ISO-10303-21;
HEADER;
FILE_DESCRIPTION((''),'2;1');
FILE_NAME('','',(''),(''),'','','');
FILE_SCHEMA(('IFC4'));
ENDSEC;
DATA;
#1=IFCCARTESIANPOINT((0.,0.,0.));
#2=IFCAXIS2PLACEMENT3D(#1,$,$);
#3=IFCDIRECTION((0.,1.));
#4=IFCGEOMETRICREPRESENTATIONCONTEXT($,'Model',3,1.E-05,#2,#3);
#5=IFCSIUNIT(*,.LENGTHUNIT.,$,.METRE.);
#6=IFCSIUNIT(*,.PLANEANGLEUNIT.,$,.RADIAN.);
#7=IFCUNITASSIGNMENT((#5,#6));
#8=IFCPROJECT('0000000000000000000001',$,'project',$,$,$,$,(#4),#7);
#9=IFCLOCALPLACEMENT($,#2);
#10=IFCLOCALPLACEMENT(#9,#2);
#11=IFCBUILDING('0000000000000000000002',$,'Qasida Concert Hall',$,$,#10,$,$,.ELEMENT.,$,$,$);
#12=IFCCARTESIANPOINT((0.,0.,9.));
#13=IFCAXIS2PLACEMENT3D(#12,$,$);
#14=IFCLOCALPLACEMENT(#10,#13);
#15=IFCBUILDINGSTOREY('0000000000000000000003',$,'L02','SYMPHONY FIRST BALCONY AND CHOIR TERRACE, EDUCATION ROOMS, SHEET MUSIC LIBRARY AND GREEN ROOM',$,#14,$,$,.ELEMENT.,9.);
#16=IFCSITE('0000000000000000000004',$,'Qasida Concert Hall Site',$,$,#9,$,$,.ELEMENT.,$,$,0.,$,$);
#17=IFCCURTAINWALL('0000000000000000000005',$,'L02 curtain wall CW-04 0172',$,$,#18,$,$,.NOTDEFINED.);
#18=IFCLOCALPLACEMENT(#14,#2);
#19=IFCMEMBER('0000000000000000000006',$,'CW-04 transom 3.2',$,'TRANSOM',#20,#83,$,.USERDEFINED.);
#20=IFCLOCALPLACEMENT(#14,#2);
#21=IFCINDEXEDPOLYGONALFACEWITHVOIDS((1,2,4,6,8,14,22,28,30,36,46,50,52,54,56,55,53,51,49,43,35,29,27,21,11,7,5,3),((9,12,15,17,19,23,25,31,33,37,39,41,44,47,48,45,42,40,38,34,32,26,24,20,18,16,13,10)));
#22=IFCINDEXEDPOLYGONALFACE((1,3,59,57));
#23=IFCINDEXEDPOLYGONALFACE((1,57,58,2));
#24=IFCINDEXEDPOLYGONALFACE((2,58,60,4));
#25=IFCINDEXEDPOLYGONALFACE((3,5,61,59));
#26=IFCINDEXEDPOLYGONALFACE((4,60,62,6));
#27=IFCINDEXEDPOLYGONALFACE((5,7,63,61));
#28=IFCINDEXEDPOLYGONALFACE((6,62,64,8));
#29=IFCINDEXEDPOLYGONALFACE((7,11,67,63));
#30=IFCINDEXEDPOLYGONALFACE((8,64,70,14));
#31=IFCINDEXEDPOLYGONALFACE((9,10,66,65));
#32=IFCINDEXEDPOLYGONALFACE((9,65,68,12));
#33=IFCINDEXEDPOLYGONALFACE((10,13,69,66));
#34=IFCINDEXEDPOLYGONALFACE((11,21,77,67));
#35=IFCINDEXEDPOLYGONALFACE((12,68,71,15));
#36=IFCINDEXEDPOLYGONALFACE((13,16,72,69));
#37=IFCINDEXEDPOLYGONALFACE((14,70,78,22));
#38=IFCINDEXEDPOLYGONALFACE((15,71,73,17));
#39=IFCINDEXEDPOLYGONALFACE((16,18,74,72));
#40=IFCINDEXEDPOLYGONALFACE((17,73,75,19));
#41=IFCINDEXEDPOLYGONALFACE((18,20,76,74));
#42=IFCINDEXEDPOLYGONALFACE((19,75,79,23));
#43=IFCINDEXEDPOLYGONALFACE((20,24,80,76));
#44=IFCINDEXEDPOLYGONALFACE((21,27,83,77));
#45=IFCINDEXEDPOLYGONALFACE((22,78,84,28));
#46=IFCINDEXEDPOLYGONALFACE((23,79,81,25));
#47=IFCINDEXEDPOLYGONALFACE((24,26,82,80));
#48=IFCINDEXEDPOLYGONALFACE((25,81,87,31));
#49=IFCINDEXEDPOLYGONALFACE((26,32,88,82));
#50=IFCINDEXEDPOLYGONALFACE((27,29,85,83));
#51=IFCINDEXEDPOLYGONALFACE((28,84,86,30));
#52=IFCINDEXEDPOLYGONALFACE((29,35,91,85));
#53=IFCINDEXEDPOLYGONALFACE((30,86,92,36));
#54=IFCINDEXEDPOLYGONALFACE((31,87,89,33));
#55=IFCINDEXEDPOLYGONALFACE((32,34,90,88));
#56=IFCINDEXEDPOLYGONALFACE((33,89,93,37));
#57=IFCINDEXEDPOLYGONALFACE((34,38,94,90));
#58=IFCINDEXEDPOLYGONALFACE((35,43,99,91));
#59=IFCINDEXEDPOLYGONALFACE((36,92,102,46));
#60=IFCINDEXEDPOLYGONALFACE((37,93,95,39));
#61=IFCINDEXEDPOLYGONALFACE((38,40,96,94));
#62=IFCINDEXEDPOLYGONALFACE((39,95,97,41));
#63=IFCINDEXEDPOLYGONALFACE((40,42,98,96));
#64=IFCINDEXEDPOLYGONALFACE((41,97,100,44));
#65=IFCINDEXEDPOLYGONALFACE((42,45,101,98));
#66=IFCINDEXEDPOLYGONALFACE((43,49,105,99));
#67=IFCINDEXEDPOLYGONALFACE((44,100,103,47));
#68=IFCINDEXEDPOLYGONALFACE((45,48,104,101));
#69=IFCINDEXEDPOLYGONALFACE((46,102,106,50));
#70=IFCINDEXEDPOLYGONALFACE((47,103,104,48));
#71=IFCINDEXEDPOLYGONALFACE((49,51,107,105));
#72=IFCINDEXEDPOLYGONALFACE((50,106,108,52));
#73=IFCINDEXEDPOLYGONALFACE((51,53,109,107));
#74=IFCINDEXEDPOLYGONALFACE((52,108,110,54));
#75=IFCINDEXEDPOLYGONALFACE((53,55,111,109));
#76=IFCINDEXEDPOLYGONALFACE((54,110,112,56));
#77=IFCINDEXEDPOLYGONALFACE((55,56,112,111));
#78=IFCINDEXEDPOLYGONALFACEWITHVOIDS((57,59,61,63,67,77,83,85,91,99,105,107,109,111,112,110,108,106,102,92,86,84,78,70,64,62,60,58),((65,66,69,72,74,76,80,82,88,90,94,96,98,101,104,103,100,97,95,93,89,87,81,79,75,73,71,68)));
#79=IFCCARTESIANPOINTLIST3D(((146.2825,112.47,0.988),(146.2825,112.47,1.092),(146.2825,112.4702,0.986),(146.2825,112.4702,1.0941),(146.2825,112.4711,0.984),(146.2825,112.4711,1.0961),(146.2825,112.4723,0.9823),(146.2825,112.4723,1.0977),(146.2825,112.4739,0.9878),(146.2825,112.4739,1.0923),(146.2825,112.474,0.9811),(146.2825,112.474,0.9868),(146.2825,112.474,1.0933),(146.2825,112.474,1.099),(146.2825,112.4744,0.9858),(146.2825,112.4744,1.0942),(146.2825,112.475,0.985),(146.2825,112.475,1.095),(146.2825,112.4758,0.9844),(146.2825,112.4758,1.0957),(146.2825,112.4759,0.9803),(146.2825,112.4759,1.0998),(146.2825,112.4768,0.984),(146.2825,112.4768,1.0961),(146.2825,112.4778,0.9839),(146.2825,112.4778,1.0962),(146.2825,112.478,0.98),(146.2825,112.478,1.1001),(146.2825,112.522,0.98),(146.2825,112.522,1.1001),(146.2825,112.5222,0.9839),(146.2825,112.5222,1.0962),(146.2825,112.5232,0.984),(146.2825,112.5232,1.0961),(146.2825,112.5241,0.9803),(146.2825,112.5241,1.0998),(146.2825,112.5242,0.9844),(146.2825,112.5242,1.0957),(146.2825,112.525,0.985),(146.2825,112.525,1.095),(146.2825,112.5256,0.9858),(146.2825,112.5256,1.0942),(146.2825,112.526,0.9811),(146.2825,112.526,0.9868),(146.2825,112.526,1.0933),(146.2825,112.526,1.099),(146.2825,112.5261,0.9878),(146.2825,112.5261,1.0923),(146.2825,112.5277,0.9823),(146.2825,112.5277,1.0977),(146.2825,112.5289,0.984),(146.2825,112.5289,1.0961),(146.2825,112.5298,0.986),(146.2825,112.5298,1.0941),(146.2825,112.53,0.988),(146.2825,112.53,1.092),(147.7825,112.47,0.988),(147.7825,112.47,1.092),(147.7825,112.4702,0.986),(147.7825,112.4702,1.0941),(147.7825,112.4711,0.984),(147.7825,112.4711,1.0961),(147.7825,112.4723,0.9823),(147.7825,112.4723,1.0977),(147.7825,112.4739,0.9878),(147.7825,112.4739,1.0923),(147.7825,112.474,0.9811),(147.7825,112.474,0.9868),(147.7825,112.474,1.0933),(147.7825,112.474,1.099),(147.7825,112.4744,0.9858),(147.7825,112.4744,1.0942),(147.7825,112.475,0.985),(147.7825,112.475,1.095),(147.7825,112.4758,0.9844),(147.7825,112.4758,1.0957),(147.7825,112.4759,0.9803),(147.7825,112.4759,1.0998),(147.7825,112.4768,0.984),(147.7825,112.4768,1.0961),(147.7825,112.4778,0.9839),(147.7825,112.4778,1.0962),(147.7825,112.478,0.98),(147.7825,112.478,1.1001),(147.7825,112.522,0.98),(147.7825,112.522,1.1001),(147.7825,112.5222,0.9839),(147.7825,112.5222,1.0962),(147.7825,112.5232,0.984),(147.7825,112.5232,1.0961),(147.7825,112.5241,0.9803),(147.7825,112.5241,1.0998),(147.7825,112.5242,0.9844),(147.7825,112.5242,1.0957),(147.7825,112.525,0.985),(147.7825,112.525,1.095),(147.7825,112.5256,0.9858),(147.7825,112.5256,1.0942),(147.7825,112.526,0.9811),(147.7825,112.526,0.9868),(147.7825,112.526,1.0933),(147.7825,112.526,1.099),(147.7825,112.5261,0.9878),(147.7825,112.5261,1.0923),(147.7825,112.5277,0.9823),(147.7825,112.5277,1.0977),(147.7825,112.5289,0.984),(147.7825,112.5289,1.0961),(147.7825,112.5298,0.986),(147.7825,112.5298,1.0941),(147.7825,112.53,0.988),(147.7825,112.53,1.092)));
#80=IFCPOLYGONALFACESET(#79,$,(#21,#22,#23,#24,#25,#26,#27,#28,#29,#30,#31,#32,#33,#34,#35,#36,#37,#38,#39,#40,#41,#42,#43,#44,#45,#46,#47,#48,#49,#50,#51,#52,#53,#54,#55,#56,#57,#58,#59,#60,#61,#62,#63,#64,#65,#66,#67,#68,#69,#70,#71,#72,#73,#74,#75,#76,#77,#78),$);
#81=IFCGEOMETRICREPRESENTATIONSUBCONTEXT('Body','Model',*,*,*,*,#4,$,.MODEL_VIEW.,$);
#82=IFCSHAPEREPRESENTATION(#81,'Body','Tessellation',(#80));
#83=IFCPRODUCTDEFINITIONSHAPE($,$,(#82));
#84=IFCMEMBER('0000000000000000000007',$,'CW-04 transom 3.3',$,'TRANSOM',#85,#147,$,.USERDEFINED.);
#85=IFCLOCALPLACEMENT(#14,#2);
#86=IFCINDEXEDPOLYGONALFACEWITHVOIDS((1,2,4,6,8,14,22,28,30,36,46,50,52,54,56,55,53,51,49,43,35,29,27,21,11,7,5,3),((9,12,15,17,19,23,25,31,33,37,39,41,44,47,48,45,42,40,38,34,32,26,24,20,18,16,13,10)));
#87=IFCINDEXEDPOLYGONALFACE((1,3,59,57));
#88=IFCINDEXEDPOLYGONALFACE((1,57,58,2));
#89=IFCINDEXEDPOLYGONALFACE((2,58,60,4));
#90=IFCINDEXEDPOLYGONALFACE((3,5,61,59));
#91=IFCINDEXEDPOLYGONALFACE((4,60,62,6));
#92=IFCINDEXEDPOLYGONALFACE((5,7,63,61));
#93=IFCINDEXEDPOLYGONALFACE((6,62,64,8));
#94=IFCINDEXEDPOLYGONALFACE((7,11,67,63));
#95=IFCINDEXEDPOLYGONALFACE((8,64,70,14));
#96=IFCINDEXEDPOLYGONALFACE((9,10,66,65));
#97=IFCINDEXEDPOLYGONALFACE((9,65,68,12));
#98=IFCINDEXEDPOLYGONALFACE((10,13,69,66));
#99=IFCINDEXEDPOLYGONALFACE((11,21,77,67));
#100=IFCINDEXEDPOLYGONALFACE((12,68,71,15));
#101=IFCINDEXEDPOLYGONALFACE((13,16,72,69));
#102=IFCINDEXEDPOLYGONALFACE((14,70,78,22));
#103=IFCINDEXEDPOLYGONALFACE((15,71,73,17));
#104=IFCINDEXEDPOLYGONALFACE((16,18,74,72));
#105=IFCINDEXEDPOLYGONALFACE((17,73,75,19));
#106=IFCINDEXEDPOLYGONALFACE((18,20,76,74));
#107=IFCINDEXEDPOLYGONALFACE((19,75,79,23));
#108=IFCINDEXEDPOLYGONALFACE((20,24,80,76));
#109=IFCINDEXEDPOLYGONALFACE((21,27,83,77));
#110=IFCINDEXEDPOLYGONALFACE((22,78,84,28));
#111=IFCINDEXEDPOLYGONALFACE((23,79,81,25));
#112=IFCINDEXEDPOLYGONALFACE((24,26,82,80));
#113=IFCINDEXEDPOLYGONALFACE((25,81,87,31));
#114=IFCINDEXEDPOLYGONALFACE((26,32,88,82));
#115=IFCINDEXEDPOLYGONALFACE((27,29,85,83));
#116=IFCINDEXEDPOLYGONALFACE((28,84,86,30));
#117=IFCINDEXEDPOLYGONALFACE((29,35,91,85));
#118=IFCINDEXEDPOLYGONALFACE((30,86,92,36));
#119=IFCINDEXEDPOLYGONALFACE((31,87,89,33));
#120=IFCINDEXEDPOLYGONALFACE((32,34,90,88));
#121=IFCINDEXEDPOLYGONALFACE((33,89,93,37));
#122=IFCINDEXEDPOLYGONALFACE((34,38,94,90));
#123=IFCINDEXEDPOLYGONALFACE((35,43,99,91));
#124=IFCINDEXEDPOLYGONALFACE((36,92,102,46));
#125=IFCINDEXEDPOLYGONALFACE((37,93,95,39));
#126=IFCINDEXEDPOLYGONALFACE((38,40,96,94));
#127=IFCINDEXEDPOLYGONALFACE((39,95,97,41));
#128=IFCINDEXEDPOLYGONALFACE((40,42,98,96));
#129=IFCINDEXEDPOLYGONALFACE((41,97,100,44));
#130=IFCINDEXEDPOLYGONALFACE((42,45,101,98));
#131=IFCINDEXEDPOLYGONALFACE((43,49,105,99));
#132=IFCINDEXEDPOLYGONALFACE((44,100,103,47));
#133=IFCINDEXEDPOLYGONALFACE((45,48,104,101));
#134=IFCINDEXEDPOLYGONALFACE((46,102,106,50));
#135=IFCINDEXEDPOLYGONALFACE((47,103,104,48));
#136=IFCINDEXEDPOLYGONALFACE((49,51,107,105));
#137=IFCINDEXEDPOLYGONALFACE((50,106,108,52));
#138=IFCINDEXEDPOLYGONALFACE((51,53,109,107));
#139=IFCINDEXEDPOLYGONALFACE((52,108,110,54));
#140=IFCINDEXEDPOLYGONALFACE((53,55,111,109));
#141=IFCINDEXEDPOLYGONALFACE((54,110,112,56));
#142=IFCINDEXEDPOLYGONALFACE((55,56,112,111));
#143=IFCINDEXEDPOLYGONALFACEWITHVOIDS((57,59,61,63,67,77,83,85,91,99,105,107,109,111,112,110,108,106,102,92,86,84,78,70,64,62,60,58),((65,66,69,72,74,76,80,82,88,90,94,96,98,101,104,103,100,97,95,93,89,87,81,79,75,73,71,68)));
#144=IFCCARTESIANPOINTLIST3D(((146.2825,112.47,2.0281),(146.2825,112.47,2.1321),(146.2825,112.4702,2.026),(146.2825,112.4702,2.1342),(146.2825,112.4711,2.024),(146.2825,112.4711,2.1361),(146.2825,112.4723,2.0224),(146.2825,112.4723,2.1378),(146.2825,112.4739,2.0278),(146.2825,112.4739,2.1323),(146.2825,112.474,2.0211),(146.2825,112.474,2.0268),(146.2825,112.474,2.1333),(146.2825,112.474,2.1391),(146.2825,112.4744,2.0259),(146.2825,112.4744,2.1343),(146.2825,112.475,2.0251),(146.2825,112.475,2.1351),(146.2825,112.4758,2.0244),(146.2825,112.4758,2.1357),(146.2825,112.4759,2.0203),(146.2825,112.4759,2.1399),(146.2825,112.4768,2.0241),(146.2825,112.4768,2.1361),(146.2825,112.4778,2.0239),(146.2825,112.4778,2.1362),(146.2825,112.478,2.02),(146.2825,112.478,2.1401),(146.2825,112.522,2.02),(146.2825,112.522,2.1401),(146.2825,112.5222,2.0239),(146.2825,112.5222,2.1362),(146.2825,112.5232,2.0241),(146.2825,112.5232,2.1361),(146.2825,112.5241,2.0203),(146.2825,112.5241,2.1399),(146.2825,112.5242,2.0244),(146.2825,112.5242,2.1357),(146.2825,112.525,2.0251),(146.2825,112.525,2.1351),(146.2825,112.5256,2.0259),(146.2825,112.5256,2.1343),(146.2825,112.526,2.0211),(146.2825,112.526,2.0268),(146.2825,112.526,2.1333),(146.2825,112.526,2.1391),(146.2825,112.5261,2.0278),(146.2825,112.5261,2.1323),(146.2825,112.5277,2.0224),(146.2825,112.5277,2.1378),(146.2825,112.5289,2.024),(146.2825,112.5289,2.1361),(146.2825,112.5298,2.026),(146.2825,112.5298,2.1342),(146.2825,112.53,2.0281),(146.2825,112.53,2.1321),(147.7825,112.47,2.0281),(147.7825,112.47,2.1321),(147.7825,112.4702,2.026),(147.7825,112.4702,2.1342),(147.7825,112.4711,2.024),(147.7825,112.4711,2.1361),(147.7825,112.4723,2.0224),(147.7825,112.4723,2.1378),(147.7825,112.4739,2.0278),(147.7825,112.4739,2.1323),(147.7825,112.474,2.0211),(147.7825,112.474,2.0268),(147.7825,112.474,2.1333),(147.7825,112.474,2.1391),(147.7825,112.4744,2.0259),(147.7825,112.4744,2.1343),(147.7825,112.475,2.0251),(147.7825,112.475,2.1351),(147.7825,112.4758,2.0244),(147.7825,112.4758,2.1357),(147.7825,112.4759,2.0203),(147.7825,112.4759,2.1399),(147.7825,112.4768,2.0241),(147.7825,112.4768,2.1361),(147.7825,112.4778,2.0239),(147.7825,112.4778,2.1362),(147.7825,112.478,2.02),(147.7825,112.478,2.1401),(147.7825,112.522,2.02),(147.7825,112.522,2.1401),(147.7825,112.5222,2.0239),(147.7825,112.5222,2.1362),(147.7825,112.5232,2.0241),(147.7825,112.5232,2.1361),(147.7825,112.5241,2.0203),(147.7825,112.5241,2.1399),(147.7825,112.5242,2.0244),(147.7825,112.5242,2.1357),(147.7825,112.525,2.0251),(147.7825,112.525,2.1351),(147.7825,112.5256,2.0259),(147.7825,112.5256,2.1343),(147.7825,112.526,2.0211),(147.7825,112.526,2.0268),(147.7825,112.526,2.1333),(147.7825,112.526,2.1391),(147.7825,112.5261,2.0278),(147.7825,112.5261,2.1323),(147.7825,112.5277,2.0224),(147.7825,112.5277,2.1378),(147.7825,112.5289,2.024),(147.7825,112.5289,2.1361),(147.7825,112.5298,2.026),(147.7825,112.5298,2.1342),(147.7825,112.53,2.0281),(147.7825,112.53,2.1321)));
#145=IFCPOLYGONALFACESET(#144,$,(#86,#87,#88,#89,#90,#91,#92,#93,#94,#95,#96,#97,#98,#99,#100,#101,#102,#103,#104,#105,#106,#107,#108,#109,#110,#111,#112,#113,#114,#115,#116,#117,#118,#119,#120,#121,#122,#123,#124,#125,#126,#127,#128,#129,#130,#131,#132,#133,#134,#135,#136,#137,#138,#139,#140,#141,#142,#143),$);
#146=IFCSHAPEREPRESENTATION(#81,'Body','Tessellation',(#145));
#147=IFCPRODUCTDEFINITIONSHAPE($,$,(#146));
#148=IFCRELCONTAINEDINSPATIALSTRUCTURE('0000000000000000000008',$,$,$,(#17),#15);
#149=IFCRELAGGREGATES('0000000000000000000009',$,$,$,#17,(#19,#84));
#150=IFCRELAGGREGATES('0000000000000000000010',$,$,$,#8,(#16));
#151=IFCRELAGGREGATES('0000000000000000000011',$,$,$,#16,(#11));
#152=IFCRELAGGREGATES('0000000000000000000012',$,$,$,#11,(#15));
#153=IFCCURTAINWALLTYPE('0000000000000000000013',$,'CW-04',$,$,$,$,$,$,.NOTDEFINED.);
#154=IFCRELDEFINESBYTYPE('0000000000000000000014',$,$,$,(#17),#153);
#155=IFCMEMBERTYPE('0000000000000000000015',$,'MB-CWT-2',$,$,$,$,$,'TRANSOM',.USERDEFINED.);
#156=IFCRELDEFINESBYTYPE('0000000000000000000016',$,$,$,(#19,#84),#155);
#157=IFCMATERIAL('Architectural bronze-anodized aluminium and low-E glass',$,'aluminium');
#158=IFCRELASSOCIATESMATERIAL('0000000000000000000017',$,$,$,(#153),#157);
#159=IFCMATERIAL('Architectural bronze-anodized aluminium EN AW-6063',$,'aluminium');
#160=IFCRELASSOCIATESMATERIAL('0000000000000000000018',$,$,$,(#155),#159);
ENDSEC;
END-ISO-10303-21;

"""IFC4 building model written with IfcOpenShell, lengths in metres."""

from ifc_helpers import new_model, si_unit, direction, frame, origin, origin_2d, place, context, subcontext, project, spatial, hollow_rectangle, extrude, material, material_profile, profile_set, type_object, element, aggregate, save


model = new_model("IFC4")

# Units and contexts
model_context = context("Model", 3, precision=1e-05, world=origin(), true_north=direction((0.0, 1.0)))
body_context = subcontext(model_context, "Body", "Model", "MODEL_VIEW")
ifc_project = project(units=[si_unit("LENGTHUNIT", "METRE"), si_unit("PLANEANGLEUNIT", "RADIAN")], contexts=[model_context])

# Site, building, storey
site_placement = place(None, origin())
site = spatial("IfcSite", under=ifc_project, at=site_placement, Name="Qasida Concert Hall Site", CompositionType="ELEMENT", RefElevation=0.0)
building_placement = place(site_placement, origin())
building = spatial("IfcBuilding", under=site, at=building_placement, Name="Qasida Concert Hall", CompositionType="ELEMENT")
storey_placement = place(building_placement, frame((0.0, 0.0, 9.0)))
storey = spatial("IfcBuildingStorey", under=building, at=storey_placement, Name="L02", Description="SYMPHONY FIRST BALCONY AND CHOIR TERRACE, EDUCATION ROOMS, SHEET MUSIC LIBRARY AND GREEN ROOM", CompositionType="ELEMENT", Elevation=9.0)

# Curtain wall, members
ifc_material_1 = material(Name="Architectural bronze-anodized aluminium and low-E glass", Category="aluminium")
curtain_wall_type = type_object("IfcCurtainWallType", Name="CW-04", PredefinedType="NOTDEFINED", material=ifc_material_1)
curtain_wall_placement = place(storey_placement, origin())
curtain_wall = element("IfcCurtainWall", 1, at=curtain_wall_placement, inside=storey, type_object=curtain_wall_type, Name="L02 curtain wall CW-04 0172", PredefinedType="NOTDEFINED")
ifc_material_2 = material(Name="Architectural bronze-anodized aluminium EN AW-6063", Category="aluminium")
ifc_material_profile_1 = material_profile(ifc_material_2, hollow_rectangle(XDim=0.0601, YDim=0.1201, WallThickness=0.0039, InnerFilletRadius=0.0039, OuterFilletRadius=0.0081, at=origin_2d()), Name="CWT 120x60x4")
ifc_profile_set_1 = profile_set([ifc_material_profile_1], Name="Architectural bronze-anodized aluminium EN AW-6063")
member_type_1 = type_object("IfcMemberType", Name="MB-CWT-2", ElementType="TRANSOM", PredefinedType="USERDEFINED", material=ifc_profile_set_1)
member_1_placement = place(storey_placement, frame((146.2825, 112.5, 1.04), z_axis=(1.0, 0.0, 0.0), x_axis=(0.0, 1.0, 0.0)))
member_1 = element("IfcMember", 2, at=member_1_placement, type_object=member_type_1, Name="CW-04 transom 3.2", ObjectType="TRANSOM", PredefinedType="USERDEFINED", context=body_context, shape_type="SweptSolid", body=[
    extrude(hollow_rectangle(XDim=0.0601, YDim=0.1201, WallThickness=0.0039, InnerFilletRadius=0.0039, OuterFilletRadius=0.0081, at=origin_2d()), origin(), (0.0, 0.0, 1.0), 1.5),
])
member_2_placement = place(storey_placement, frame((146.2825, 112.5, 2.0801), z_axis=(1.0, 0.0, 0.0), x_axis=(0.0, 1.0, 0.0)))
member_2 = element("IfcMember", 3, at=member_2_placement, type_object=member_type_1, Name="CW-04 transom 3.3", ObjectType="TRANSOM", PredefinedType="USERDEFINED", context=body_context, shape_type="SweptSolid", body=[
    extrude(hollow_rectangle(XDim=0.0601, YDim=0.1201, WallThickness=0.0039, InnerFilletRadius=0.0039, OuterFilletRadius=0.0081, at=origin_2d()), origin(), (0.0, 0.0, 1.0), 1.5),
])
aggregate(curtain_wall, [member_1, member_2])

save(model, "model.ifc")
